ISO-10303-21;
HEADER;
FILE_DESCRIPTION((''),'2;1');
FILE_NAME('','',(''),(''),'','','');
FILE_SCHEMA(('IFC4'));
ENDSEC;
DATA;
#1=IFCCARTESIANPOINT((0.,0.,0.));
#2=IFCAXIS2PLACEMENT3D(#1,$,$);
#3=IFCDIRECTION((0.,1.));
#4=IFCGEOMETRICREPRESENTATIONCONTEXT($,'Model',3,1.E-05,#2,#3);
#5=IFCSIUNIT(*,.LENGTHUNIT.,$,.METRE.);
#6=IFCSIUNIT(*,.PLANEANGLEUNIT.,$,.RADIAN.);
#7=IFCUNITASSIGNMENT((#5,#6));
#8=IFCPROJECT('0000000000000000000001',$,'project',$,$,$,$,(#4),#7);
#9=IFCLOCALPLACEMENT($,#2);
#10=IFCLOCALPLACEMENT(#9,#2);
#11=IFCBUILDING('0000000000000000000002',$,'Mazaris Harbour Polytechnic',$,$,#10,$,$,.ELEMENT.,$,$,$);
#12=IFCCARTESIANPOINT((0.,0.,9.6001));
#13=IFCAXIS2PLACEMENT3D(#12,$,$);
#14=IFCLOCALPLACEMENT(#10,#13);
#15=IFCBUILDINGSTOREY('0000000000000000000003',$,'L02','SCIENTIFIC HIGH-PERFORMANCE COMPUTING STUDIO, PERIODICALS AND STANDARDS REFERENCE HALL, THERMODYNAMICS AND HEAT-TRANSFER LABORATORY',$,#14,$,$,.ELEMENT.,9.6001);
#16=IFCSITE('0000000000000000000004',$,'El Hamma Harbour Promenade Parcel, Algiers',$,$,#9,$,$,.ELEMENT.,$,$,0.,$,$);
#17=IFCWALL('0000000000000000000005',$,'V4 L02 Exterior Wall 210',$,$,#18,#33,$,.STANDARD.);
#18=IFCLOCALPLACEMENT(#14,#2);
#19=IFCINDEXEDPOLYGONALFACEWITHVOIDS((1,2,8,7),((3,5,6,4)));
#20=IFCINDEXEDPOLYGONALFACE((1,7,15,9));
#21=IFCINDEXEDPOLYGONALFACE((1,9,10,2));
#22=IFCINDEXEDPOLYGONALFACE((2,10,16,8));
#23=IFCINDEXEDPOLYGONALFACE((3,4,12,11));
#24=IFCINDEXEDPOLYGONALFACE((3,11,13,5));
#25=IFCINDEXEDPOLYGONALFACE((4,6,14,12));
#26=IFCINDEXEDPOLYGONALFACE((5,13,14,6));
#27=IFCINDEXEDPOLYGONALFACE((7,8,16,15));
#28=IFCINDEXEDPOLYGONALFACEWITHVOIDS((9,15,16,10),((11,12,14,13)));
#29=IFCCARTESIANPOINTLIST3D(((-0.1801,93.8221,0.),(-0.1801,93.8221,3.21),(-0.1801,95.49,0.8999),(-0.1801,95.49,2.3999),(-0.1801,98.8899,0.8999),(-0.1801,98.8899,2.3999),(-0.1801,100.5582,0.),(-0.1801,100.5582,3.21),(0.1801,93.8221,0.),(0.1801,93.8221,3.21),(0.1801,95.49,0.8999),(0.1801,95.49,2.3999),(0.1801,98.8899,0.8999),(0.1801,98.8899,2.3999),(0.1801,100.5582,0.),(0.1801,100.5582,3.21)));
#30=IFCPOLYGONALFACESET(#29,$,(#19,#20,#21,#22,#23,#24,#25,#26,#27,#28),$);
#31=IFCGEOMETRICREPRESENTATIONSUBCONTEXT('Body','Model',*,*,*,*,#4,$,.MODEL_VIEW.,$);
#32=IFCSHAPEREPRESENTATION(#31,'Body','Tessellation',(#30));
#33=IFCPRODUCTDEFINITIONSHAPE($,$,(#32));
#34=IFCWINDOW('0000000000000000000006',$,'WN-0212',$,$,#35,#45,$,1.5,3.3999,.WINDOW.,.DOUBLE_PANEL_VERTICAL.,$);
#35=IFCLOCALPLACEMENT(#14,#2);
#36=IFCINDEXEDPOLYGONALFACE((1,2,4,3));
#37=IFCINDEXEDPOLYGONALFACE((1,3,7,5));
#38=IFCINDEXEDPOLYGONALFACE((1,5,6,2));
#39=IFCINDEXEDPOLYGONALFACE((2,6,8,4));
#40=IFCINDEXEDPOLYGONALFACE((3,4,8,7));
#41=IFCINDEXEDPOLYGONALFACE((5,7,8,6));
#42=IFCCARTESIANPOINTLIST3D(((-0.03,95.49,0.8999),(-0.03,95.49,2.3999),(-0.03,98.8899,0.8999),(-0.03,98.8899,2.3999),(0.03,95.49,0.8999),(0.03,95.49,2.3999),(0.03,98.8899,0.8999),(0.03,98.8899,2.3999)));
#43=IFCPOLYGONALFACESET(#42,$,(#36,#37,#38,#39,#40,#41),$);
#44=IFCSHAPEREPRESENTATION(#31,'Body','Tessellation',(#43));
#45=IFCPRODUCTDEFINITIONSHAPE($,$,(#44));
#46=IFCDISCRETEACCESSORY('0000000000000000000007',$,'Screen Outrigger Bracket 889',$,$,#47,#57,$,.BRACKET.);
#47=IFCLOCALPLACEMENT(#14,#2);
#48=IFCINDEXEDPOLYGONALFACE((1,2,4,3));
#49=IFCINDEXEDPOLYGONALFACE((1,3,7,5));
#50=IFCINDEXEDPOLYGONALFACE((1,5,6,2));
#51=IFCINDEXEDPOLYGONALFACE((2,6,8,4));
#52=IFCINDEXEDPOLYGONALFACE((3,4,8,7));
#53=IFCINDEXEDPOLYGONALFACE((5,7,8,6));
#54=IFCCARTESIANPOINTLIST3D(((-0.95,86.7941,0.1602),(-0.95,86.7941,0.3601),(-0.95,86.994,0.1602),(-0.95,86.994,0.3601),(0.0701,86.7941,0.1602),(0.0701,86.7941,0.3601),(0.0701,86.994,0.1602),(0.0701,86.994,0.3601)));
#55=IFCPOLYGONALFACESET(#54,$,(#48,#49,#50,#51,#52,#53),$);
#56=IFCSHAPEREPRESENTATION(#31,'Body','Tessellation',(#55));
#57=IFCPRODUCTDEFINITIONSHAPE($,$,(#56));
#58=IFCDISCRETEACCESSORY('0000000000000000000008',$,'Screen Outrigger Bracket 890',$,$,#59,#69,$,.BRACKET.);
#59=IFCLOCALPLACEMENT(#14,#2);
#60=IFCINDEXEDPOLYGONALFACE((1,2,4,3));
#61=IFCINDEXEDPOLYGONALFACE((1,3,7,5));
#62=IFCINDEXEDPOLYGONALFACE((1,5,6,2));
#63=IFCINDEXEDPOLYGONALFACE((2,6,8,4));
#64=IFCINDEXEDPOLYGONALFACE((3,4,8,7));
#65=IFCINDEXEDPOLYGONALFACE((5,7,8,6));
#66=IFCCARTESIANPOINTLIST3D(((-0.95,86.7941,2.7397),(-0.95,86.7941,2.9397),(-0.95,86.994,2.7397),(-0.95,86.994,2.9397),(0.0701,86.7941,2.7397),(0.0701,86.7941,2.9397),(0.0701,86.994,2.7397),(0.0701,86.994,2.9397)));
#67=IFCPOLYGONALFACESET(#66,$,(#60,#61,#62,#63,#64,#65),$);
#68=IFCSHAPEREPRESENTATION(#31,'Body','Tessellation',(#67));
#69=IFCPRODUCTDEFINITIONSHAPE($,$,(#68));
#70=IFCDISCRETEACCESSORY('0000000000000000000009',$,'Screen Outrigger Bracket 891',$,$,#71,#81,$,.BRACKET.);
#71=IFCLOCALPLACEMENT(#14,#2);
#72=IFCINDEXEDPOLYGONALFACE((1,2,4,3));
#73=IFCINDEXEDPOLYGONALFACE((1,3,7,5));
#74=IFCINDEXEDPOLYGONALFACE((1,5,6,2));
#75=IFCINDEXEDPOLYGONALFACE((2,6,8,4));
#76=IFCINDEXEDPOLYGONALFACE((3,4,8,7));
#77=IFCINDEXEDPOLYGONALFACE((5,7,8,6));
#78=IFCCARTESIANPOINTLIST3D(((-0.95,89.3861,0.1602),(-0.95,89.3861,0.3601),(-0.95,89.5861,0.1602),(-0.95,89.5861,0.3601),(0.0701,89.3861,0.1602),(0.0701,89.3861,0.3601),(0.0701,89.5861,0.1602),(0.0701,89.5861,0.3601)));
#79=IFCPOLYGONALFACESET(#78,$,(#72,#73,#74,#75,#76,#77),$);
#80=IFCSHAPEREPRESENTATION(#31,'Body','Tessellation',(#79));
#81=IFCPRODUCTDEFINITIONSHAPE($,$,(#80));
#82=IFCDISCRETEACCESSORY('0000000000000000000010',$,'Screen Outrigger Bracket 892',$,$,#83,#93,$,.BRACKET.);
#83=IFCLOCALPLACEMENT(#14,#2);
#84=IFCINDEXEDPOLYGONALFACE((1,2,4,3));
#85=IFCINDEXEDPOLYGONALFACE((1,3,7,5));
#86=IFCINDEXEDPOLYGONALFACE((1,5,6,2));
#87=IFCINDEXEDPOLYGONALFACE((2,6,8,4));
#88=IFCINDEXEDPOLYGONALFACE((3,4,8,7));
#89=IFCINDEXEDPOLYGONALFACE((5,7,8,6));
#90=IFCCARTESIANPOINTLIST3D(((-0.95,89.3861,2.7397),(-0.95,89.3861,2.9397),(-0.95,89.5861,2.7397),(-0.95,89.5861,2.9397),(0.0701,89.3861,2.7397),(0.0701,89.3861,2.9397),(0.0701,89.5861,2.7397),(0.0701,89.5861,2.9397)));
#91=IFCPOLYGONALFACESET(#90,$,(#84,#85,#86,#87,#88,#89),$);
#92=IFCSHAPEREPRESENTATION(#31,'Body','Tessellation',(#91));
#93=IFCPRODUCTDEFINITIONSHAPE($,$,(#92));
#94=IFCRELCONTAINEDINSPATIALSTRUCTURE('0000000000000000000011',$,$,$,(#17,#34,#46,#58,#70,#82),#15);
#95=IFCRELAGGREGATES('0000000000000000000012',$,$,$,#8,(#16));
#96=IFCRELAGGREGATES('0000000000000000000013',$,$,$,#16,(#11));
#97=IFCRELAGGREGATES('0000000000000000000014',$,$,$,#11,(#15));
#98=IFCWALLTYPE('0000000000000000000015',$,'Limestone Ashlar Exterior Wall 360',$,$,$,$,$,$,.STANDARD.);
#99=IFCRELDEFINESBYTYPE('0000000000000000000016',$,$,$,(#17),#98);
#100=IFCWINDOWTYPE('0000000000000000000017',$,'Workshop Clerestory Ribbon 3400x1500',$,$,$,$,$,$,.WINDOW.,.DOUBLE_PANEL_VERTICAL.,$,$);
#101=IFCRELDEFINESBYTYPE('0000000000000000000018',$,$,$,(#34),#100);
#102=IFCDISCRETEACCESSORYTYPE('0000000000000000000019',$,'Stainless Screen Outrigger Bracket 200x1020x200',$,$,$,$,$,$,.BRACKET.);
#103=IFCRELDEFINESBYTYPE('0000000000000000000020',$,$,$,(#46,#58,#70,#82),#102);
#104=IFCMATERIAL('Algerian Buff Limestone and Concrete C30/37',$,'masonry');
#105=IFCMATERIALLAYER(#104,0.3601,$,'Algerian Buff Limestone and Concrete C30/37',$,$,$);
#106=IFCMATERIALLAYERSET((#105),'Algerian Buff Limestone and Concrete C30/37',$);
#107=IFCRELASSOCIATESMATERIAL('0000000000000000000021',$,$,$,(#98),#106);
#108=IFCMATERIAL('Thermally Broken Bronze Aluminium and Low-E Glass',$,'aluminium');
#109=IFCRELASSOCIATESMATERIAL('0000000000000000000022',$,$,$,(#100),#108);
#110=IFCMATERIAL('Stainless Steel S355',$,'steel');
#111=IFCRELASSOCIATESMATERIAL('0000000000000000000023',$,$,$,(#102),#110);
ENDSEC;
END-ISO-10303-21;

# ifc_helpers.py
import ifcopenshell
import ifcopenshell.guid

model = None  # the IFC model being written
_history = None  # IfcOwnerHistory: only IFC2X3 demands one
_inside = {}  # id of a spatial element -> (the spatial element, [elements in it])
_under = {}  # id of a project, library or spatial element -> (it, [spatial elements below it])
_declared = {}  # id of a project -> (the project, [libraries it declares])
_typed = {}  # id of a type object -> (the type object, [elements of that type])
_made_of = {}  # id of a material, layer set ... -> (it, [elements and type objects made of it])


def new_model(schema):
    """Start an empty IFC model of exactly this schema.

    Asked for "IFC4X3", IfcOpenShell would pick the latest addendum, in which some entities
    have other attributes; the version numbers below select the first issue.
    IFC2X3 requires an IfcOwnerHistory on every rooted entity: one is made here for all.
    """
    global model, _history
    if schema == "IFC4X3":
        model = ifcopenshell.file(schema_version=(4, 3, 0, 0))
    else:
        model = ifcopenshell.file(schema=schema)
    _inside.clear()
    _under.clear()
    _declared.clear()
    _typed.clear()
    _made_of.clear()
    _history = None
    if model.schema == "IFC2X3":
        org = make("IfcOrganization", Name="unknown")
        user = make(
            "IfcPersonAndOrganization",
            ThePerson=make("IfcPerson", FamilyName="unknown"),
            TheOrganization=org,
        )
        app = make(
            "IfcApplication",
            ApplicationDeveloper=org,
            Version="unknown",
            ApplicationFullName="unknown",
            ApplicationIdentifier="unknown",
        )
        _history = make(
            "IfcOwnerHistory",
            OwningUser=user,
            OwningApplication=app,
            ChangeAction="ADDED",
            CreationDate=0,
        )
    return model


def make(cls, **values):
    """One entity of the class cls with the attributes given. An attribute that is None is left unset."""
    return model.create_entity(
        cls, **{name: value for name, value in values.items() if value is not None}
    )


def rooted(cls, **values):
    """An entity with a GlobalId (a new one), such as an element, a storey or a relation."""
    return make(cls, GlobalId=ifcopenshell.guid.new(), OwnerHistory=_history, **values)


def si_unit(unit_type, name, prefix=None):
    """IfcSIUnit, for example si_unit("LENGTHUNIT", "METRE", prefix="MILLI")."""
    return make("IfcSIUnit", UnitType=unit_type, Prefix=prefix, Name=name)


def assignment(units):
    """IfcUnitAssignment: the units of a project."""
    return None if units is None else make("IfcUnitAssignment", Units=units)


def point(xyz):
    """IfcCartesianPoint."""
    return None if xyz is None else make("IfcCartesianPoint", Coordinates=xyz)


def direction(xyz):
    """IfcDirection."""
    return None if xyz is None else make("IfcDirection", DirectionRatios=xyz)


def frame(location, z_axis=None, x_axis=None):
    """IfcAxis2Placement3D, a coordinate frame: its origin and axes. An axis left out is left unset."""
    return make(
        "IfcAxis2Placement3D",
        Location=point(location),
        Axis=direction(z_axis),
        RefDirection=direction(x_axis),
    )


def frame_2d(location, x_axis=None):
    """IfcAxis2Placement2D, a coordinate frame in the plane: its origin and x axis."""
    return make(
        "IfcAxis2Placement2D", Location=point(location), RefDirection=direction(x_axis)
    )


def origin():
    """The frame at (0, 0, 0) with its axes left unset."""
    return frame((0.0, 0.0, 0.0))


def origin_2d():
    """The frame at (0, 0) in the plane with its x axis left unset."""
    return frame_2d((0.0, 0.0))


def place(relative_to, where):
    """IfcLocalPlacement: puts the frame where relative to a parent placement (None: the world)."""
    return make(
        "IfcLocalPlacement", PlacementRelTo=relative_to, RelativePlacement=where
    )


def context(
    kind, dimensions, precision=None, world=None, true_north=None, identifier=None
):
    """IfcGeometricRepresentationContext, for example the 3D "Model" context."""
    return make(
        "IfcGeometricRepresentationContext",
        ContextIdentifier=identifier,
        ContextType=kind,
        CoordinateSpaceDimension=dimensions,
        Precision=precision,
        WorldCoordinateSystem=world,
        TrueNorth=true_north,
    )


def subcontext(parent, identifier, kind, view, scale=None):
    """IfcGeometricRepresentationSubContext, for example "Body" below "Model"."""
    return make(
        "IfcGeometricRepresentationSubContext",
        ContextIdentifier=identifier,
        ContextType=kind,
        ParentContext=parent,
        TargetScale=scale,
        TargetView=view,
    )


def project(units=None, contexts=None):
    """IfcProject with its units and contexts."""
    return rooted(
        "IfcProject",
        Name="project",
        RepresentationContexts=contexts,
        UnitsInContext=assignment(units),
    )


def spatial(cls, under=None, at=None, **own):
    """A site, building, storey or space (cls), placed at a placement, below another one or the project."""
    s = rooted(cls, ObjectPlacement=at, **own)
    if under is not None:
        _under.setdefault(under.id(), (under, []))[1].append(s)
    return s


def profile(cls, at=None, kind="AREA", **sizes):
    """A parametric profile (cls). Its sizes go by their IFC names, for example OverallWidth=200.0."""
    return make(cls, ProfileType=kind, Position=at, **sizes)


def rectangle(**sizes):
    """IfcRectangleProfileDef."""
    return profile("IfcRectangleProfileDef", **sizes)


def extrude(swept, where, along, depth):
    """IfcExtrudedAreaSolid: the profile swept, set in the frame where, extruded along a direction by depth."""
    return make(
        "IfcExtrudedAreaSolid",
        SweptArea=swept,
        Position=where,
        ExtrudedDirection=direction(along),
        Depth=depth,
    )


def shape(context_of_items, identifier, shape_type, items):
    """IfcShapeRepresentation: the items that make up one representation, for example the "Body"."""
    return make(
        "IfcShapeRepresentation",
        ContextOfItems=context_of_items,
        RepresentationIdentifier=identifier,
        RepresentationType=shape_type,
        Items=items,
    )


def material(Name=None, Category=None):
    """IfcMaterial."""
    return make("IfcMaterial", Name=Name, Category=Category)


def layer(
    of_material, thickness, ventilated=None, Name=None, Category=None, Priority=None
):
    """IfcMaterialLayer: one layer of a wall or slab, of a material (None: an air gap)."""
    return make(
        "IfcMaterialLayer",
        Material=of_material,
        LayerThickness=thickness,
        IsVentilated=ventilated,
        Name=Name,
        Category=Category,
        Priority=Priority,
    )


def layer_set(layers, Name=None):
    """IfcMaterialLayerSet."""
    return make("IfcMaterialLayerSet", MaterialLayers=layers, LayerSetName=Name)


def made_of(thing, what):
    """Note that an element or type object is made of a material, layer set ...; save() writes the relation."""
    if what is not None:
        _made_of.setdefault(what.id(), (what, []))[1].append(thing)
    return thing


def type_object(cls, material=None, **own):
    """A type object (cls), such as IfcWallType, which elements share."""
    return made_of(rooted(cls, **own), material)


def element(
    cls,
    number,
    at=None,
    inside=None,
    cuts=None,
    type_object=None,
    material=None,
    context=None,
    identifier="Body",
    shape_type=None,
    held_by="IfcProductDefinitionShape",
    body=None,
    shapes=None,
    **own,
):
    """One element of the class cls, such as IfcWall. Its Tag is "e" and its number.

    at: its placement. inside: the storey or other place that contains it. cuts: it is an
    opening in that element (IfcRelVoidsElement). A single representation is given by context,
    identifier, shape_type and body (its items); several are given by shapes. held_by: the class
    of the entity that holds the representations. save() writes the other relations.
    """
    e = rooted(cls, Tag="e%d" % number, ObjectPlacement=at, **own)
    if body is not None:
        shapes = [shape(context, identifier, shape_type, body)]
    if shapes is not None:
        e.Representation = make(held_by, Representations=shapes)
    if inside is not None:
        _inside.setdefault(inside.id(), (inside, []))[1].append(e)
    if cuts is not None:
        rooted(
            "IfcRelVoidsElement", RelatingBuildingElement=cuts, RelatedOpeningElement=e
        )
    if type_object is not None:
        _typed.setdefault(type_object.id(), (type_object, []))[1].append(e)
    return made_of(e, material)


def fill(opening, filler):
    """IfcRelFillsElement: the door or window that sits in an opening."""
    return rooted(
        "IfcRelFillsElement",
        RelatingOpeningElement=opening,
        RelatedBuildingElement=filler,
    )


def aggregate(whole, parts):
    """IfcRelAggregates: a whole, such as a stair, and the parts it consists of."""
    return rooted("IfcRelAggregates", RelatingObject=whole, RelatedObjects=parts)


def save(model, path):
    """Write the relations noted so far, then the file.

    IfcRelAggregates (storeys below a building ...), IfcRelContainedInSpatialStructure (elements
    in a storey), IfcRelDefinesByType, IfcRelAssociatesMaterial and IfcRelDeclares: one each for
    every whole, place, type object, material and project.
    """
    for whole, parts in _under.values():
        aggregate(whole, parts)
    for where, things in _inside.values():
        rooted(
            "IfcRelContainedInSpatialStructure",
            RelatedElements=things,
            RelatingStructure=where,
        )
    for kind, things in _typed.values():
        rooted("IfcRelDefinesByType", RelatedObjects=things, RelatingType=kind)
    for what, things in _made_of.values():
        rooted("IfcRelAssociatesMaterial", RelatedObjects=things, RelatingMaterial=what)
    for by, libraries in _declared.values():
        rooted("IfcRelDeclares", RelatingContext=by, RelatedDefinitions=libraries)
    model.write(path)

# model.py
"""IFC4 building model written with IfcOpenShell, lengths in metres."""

from ifc_helpers import new_model, si_unit, direction, frame, frame_2d, origin, origin_2d, place, context, subcontext, project, spatial, rectangle, extrude, material, layer, layer_set, type_object, element, fill, save


model = new_model("IFC4")

# Units and contexts
model_context = context("Model", 3, precision=1e-05, world=origin(), true_north=direction((0.0, 1.0)))
body_context = subcontext(model_context, "Body", "Model", "MODEL_VIEW")
ifc_project = project(units=[si_unit("LENGTHUNIT", "METRE"), si_unit("PLANEANGLEUNIT", "RADIAN")], contexts=[model_context])

# Site, building, storey
site_placement = place(None, origin())
site = spatial("IfcSite", under=ifc_project, at=site_placement, Name="El Hamma Harbour Promenade Parcel, Algiers", CompositionType="ELEMENT", RefElevation=0.0)
building_placement = place(site_placement, origin())
building = spatial("IfcBuilding", under=site, at=building_placement, Name="Mazaris Harbour Polytechnic", CompositionType="ELEMENT")
storey_placement = place(building_placement, frame((0.0, 0.0, 9.6001)))
storey = spatial("IfcBuildingStorey", under=building, at=storey_placement, Name="L02", Description="SCIENTIFIC HIGH-PERFORMANCE COMPUTING STUDIO, PERIODICALS AND STANDARDS REFERENCE HALL, THERMODYNAMICS AND HEAT-TRANSFER LABORATORY", CompositionType="ELEMENT", Elevation=9.6001)

# Wall, opening, window
ifc_material_1 = material(Name="Algerian Buff Limestone and Concrete C30/37", Category="masonry")
ifc_layer = layer(ifc_material_1, 0.3601, Name="Algerian Buff Limestone and Concrete C30/37")
ifc_layer_set = layer_set([ifc_layer], Name="Algerian Buff Limestone and Concrete C30/37")
wall_type = type_object("IfcWallType", Name="Limestone Ashlar Exterior Wall 360", PredefinedType="STANDARD", material=ifc_layer_set)
ifc_material_2 = material(Name="Thermally Broken Bronze Aluminium and Low-E Glass", Category="aluminium")
window_type = type_object("IfcWindowType", Name="Workshop Clerestory Ribbon 3400x1500", PartitioningType="DOUBLE_PANEL_VERTICAL", PredefinedType="WINDOW", material=ifc_material_2)
wall_1_placement = place(storey_placement, frame((0.0, 93.822, 0.0), z_axis=(0.0, 0.0, 1.0), x_axis=(0.0, 1.0, 0.0)))
wall_1 = element("IfcWall", 1, at=wall_1_placement, inside=storey, type_object=wall_type, Name="V4 L02 Exterior Wall 210", PredefinedType="STANDARD", context=body_context, shape_type="SweptSolid", body=[
    extrude(rectangle(XDim=6.7361, YDim=0.3601, at=frame_2d((3.3682, 0.0))), origin(), (0.0, 0.0, 1.0), 3.21),
])
opening_1_placement = place(wall_1_placement, frame((1.668, 0.0, 0.8999)))
opening_1 = element("IfcOpeningElement", 2, at=opening_1_placement, cuts=wall_1, PredefinedType="OPENING", context=body_context, shape_type="SweptSolid", body=[
    extrude(rectangle(XDim=3.3999, YDim=1.5, at=frame_2d((1.7, 0.75))), frame((0.0, 0.1899, 0.0), z_axis=(0.0, -1.0, 0.0), x_axis=(1.0, 0.0, 0.0)), (0.0, 0.0, 1.0), 0.3801),
])
window_1_placement = place(opening_1_placement, origin())
window_1 = element("IfcWindow", 3, at=window_1_placement, inside=storey, type_object=window_type, Name="WN-0212", OverallHeight=1.5, OverallWidth=3.3999, PartitioningType="DOUBLE_PANEL_VERTICAL", PredefinedType="WINDOW", context=body_context, shape_type="SweptSolid", body=[
    extrude(rectangle(XDim=3.3999, YDim=1.5, at=frame_2d((1.7, 0.75))), frame((0.0, 0.03, 0.0), z_axis=(0.0, -1.0, 0.0), x_axis=(1.0, 0.0, 0.0)), (0.0, 0.0, 1.0), 0.0601),
])
fill(opening_1, window_1)

# Discrete accessories
ifc_material_3 = material(Name="Stainless Steel S355", Category="steel")
discrete_accessory_type = type_object("IfcDiscreteAccessoryType", Name="Stainless Screen Outrigger Bracket 200x1020x200", PredefinedType="BRACKET", material=ifc_material_3)
for number, where, z_axis, x_axis, name in (
    (4, (-0.4399, 86.894, 0.1602), (0.0, 0.0, 1.0), (0.0, 1.0, 0.0), "Screen Outrigger Bracket 889"),
    (5, (-0.4399, 86.894, 2.7397), (0.0, 0.0, 1.0), (0.0, 1.0, 0.0), "Screen Outrigger Bracket 890"),
    (6, (-0.4399, 89.4861, 0.1602), (0.0, 0.0, 1.0), (0.0, 1.0, 0.0), "Screen Outrigger Bracket 891"),
    (7, (-0.4399, 89.4861, 2.7397), (0.0, 0.0, 1.0), (0.0, 1.0, 0.0), "Screen Outrigger Bracket 892"),
):
    element("IfcDiscreteAccessory", number, at=place(storey_placement, frame(where, z_axis=z_axis, x_axis=x_axis)), inside=storey, type_object=discrete_accessory_type, Name=name, PredefinedType="BRACKET", context=body_context, shape_type="SweptSolid", body=[
        extrude(rectangle(XDim=0.2, YDim=1.02, at=origin_2d()), origin(), (0.0, 0.0, 1.0), 0.2),
    ])

save(model, "model.ifc")
